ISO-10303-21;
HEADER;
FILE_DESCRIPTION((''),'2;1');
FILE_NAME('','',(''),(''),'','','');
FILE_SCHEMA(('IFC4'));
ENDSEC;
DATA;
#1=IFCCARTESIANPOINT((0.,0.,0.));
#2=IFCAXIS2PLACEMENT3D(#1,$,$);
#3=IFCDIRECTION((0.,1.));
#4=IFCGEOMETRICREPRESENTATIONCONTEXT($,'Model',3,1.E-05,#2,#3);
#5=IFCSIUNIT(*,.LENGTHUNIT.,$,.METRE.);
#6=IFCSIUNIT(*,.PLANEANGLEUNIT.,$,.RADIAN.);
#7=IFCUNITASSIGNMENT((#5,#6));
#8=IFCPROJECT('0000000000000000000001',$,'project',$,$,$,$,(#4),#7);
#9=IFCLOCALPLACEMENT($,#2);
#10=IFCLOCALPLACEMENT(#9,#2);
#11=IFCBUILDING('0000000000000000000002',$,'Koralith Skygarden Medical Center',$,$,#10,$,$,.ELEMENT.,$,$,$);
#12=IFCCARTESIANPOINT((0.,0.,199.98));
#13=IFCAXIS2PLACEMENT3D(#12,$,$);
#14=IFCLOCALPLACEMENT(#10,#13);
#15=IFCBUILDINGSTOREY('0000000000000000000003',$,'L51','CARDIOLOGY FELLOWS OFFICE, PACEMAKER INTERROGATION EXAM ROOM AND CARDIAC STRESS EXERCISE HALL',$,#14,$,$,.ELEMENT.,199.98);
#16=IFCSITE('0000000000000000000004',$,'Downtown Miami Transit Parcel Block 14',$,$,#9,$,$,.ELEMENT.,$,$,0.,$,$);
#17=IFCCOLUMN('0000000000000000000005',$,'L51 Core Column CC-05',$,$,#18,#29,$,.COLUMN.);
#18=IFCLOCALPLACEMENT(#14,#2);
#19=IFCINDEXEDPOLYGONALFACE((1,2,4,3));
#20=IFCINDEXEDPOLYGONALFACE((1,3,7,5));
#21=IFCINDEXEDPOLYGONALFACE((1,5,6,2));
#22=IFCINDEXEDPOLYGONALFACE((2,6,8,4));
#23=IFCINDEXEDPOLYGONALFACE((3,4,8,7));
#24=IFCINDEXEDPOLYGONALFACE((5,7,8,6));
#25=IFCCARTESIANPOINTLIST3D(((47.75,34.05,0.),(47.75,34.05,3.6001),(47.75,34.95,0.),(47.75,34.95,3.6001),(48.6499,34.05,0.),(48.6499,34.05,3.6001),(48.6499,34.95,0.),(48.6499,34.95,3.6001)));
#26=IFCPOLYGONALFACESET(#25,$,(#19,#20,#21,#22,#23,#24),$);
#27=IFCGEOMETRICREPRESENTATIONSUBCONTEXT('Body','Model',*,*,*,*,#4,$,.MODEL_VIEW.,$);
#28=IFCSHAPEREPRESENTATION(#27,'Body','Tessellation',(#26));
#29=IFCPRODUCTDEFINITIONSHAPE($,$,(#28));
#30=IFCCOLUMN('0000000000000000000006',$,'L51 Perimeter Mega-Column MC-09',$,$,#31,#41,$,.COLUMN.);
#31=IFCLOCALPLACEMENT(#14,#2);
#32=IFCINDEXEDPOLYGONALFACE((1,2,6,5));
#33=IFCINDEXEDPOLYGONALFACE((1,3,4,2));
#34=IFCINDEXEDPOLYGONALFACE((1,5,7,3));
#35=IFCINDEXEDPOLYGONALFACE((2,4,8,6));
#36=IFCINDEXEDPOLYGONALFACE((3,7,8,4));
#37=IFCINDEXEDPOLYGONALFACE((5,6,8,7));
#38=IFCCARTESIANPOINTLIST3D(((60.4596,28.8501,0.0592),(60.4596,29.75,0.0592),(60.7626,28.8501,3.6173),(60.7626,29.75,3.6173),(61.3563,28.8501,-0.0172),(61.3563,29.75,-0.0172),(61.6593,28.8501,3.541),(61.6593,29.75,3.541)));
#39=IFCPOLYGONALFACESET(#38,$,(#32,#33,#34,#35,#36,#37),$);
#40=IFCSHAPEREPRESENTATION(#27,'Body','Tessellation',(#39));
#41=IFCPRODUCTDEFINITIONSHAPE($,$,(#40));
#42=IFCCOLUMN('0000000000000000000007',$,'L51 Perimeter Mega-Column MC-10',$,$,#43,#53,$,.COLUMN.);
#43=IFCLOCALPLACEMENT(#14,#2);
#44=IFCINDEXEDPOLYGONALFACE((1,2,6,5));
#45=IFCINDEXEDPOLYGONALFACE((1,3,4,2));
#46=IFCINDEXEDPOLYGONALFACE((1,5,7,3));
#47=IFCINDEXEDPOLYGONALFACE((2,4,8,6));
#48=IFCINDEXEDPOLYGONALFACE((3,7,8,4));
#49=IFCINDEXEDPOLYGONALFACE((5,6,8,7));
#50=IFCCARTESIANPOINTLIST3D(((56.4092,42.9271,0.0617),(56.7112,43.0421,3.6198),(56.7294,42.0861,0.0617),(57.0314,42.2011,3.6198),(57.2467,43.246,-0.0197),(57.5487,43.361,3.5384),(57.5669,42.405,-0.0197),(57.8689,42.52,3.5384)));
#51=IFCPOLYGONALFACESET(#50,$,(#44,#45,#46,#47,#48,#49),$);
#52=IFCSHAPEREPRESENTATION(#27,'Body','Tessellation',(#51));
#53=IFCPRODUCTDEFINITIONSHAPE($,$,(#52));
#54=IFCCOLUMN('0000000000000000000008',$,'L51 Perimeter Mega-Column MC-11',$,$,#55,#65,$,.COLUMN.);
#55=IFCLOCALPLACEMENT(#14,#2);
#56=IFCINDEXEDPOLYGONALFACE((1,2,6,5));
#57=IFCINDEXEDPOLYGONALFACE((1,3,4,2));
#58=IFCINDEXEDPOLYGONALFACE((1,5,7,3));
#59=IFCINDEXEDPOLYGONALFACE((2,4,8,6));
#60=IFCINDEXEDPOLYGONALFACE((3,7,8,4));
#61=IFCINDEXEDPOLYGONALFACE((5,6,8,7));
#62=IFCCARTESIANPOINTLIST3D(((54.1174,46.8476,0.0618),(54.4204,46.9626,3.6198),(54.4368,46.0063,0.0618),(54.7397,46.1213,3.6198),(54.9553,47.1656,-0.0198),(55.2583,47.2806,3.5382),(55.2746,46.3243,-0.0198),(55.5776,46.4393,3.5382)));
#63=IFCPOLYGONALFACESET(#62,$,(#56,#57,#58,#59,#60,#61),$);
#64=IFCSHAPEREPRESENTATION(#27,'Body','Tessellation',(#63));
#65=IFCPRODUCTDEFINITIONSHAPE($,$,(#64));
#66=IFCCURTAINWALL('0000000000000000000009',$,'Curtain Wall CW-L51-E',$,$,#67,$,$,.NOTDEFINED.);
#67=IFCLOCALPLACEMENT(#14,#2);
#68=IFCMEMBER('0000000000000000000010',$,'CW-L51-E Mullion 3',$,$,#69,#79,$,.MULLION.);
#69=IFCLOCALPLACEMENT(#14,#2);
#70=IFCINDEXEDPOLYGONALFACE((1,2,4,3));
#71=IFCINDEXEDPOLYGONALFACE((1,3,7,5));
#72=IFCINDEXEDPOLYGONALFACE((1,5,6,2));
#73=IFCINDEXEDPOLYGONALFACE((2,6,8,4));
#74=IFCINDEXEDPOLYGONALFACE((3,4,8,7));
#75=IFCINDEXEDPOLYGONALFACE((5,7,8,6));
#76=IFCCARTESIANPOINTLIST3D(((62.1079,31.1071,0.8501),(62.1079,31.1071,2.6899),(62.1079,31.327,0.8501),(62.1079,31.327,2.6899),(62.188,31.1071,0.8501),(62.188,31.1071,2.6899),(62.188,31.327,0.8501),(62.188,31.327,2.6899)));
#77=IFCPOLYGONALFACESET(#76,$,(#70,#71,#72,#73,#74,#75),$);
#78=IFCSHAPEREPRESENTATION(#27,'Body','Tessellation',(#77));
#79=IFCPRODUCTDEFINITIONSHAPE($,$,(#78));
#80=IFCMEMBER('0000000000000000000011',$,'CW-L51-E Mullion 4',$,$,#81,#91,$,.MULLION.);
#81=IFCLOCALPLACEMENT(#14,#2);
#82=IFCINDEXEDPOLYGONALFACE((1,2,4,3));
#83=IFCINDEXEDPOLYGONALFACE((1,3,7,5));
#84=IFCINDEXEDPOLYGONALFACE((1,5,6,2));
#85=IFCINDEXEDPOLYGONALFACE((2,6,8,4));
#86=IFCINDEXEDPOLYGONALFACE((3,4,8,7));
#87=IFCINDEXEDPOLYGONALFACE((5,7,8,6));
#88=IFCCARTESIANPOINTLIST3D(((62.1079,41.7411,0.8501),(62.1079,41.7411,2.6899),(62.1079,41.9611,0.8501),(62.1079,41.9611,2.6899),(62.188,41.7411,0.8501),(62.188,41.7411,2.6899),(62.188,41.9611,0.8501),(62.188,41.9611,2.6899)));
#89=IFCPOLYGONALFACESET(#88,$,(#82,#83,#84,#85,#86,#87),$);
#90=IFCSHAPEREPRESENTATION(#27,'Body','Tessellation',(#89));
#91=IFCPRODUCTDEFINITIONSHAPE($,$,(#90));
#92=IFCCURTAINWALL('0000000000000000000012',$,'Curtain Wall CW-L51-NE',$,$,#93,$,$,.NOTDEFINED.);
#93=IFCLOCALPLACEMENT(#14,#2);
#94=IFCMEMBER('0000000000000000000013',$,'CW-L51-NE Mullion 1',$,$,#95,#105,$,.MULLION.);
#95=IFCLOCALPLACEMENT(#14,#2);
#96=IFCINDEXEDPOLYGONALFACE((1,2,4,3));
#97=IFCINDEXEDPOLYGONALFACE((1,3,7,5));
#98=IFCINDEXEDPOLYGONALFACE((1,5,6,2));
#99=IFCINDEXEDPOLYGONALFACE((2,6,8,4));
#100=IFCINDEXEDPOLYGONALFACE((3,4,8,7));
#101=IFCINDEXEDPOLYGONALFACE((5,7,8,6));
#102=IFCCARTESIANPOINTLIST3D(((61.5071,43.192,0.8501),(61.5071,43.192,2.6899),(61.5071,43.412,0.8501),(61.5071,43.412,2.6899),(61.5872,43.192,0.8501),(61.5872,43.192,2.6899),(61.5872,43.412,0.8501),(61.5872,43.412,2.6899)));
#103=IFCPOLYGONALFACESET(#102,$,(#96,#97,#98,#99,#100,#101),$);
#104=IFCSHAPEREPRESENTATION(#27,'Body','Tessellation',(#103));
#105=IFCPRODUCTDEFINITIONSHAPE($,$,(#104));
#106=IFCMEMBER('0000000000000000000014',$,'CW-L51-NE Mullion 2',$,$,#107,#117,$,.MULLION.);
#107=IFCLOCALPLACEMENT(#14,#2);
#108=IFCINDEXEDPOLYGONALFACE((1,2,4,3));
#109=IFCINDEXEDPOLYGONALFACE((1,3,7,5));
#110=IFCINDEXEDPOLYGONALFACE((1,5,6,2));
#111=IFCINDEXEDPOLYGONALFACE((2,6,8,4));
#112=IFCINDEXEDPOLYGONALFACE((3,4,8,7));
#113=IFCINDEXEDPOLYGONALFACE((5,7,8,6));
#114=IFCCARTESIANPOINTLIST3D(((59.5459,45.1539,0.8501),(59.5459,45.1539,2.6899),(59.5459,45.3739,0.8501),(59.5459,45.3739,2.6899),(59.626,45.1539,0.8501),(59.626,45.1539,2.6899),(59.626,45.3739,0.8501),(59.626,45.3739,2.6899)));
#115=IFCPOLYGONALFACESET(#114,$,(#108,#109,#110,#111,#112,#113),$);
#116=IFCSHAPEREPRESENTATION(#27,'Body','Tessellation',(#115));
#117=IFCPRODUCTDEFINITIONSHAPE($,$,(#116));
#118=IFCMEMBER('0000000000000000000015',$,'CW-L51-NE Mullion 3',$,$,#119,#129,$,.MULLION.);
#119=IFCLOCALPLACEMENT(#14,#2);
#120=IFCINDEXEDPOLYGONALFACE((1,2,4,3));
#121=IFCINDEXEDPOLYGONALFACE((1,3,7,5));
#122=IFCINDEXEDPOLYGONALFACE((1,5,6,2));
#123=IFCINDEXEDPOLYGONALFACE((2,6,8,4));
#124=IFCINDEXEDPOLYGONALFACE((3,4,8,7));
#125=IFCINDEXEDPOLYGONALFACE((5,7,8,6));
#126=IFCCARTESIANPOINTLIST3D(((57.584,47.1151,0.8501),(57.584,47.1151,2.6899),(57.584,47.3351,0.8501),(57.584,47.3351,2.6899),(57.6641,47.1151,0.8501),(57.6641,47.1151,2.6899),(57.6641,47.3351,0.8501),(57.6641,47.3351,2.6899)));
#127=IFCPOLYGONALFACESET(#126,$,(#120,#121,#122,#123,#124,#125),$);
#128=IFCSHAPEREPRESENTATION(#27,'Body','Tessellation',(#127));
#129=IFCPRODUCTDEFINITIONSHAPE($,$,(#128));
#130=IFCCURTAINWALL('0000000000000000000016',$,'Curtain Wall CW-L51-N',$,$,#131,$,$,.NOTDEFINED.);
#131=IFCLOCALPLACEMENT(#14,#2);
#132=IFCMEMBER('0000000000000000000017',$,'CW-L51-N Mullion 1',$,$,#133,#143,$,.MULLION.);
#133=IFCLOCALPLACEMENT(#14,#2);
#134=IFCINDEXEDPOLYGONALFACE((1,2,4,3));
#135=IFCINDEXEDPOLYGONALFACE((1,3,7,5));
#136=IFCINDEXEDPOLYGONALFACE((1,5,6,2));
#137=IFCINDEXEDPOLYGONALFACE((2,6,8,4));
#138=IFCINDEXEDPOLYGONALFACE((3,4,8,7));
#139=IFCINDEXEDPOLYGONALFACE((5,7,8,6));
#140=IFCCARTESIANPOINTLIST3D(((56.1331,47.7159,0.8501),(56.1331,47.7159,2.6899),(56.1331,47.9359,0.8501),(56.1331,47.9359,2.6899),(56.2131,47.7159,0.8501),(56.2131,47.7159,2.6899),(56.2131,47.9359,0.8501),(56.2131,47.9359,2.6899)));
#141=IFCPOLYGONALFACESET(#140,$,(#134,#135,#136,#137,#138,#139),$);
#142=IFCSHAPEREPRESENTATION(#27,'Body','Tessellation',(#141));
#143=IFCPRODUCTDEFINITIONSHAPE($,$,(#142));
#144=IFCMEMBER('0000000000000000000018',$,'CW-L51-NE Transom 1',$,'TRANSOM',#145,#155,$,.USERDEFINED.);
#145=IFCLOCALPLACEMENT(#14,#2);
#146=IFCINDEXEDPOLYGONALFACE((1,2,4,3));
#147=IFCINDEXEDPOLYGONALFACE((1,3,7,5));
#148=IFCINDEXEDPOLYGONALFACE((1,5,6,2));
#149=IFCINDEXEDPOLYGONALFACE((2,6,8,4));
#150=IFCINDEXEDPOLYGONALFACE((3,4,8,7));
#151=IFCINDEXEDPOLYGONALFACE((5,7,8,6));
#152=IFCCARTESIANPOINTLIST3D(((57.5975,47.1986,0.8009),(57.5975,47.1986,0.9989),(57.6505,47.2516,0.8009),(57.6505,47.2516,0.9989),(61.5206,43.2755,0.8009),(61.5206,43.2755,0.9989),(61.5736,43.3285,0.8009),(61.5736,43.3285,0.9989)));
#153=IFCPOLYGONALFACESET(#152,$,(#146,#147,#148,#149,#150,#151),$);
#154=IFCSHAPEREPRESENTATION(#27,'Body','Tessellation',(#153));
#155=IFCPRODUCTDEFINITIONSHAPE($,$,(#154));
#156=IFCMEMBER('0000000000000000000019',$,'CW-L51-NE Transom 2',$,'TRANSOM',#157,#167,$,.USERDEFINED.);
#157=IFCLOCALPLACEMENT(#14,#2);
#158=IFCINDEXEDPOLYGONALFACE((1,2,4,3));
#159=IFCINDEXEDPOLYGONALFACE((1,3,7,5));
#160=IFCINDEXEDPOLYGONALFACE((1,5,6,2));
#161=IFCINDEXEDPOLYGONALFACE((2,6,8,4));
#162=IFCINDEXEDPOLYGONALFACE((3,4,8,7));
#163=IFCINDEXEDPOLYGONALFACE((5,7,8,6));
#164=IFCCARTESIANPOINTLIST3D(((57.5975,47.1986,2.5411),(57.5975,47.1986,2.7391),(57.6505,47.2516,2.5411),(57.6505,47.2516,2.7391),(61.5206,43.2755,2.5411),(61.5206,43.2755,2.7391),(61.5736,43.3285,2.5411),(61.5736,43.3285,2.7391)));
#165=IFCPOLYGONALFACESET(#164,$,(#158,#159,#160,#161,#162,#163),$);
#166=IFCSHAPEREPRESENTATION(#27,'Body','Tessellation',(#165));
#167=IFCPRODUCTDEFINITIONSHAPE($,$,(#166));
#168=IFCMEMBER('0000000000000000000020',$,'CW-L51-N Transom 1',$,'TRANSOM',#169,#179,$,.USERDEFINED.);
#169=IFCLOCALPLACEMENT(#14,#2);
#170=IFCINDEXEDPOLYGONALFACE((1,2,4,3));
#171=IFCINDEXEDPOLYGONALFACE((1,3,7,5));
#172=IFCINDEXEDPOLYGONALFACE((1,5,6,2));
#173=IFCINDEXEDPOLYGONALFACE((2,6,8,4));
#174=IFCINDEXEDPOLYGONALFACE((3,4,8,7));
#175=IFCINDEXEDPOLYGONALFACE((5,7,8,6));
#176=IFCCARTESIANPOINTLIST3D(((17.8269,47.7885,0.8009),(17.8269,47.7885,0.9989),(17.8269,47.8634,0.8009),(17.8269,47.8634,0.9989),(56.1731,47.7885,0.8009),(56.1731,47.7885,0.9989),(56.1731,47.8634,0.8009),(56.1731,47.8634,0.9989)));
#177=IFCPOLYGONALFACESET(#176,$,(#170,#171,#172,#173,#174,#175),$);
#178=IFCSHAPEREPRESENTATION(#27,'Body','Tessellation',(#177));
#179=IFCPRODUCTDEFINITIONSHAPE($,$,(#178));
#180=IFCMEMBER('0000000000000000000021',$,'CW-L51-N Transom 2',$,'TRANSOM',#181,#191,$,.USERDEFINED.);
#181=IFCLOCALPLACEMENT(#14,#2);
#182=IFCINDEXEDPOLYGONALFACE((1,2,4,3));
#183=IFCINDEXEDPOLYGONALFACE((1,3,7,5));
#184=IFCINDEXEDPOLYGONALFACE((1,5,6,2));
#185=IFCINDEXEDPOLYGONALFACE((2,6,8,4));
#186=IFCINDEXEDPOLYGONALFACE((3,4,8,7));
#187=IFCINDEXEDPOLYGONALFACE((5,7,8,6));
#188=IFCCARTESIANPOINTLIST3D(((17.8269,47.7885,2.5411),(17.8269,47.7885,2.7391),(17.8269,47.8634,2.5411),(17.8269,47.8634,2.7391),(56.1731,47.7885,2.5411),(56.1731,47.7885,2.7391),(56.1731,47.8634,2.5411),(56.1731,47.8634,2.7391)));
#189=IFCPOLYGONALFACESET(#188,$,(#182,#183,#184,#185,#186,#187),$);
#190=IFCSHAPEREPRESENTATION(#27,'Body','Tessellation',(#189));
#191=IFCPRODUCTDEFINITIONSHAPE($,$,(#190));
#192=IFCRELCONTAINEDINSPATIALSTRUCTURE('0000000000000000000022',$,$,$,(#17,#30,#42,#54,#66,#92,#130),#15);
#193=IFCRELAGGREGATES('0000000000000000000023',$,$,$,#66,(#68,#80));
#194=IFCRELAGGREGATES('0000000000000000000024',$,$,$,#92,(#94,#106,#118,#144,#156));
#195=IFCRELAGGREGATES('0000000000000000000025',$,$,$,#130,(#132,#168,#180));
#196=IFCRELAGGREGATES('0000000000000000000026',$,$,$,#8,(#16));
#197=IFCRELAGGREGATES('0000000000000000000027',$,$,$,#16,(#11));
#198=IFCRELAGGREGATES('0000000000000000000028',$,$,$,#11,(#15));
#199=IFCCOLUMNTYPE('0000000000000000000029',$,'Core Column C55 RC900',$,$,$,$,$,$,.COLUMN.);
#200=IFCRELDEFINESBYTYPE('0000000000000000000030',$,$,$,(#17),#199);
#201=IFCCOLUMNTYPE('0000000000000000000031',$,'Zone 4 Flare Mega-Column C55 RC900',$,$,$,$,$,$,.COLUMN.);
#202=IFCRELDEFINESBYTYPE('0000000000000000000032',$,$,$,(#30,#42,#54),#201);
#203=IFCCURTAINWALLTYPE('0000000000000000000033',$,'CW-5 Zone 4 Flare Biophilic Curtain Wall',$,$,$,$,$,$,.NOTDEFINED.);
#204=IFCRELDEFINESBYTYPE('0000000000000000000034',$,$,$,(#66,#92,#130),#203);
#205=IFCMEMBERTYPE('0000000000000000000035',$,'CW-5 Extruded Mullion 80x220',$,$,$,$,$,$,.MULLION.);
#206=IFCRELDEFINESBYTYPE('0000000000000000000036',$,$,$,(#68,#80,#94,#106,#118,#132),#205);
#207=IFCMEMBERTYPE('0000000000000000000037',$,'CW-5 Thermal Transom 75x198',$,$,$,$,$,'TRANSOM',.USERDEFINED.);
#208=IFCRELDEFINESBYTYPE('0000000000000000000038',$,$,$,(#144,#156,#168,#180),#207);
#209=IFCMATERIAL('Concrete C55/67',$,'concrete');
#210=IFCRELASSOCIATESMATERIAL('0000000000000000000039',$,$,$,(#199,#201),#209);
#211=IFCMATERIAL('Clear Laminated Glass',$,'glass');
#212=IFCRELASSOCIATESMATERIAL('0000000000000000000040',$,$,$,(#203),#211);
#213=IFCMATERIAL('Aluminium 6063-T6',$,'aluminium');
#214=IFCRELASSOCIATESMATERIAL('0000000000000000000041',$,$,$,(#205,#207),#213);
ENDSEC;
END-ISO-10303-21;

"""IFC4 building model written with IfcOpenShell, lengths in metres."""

from ifc_helpers import new_model, si_unit, direction, frame, origin, origin_2d, place, context, subcontext, project, spatial, rectangle, extrude, material, material_profile, profile_set, type_object, element, aggregate, save


model = new_model("IFC4")

# Units and contexts
model_context = context("Model", 3, precision=1e-05, world=origin(), true_north=direction((0.0, 1.0)))
body_context = subcontext(model_context, "Body", "Model", "MODEL_VIEW")
ifc_project = project(units=[si_unit("LENGTHUNIT", "METRE"), si_unit("PLANEANGLEUNIT", "RADIAN")], contexts=[model_context])

# Site, building, storey
site_placement = place(None, origin())
site = spatial("IfcSite", under=ifc_project, at=site_placement, Name="Downtown Miami Transit Parcel Block 14", CompositionType="ELEMENT", RefElevation=0.0)
building_placement = place(site_placement, origin())
building = spatial("IfcBuilding", under=site, at=building_placement, Name="Koralith Skygarden Medical Center", CompositionType="ELEMENT")
storey_placement = place(building_placement, frame((0.0, 0.0, 199.98)))
storey = spatial("IfcBuildingStorey", under=building, at=storey_placement, Name="L51", Description="CARDIOLOGY FELLOWS OFFICE, PACEMAKER INTERROGATION EXAM ROOM AND CARDIAC STRESS EXERCISE HALL", CompositionType="ELEMENT", Elevation=199.98)

# Columns
ifc_material_1 = material(Name="Concrete C55/67", Category="concrete")
ifc_material_profile_1 = material_profile(ifc_material_1, rectangle(XDim=0.8999, YDim=0.8999, at=origin_2d()), Name="RC900X900")
ifc_profile_set_1 = profile_set([ifc_material_profile_1], Name="Concrete C55/67")
column_type_1 = type_object("IfcColumnType", Name="Core Column C55 RC900", PredefinedType="COLUMN", material=ifc_profile_set_1)
column_1_placement = place(storey_placement, frame((48.2, 34.5, 0.0), z_axis=(0.0, 0.0, 1.0), x_axis=(1.0, 0.0, 0.0)))
element("IfcColumn", 1, at=column_1_placement, inside=storey, type_object=column_type_1, Name="L51 Core Column CC-05", PredefinedType="COLUMN", context=body_context, shape_type="SweptSolid", body=[
    extrude(rectangle(XDim=0.8999, YDim=0.8999, at=origin_2d()), origin(), (0.0, 0.0, 1.0), 3.6001),
])
ifc_material_profile_2 = material_profile(ifc_material_1, rectangle(XDim=0.8999, YDim=0.8999, at=origin_2d()), Name="RC900X900")
ifc_profile_set_2 = profile_set([ifc_material_profile_2], Name="Concrete C55/67")
column_type_2 = type_object("IfcColumnType", Name="Zone 4 Flare Mega-Column C55 RC900", PredefinedType="COLUMN", material=ifc_profile_set_2)
column_2_placement = place(storey_placement, frame((60.908, 29.3, 0.021), z_axis=(0.084845, 0.0, 0.996394), x_axis=(0.0, 1.0, 0.0)))
element("IfcColumn", 2, at=column_2_placement, inside=storey, type_object=column_type_2, Name="L51 Perimeter Mega-Column MC-09", PredefinedType="COLUMN", context=body_context, shape_type="SweptSolid", body=[
    extrude(rectangle(XDim=0.8999, YDim=0.8999, at=origin_2d()), origin(), (0.0, 0.0, 1.0), 3.571),
])
for number, where, z_axis, x_axis, name in (
    (3, (56.988, 42.666, 0.021), (0.084529, 0.032185, 0.995901), (-0.355838, 0.934548, 0.0), "L51 Perimeter Mega-Column MC-10"),
    (4, (54.696, 46.5859, 0.021), (0.084801, 0.032185, 0.995878), (-0.354836, 0.934929, 0.0), "L51 Perimeter Mega-Column MC-11"),
):
    element("IfcColumn", number, at=place(storey_placement, frame(where, z_axis=z_axis, x_axis=x_axis)), inside=storey, type_object=column_type_2, Name=name, PredefinedType="COLUMN", context=body_context, shape_type="SweptSolid", body=[
        extrude(rectangle(XDim=0.8999, YDim=0.8999, at=origin_2d()), origin(), (0.0, 0.0, 1.0), 3.5728),
    ])

# Curtain walls, members
ifc_material_2 = material(Name="Clear Laminated Glass", Category="glass")
curtain_wall_type = type_object("IfcCurtainWallType", Name="CW-5 Zone 4 Flare Biophilic Curtain Wall", PredefinedType="NOTDEFINED", material=ifc_material_2)
curtain_wall_1_placement = place(storey_placement, origin())
curtain_wall_1 = element("IfcCurtainWall", 5, at=curtain_wall_1_placement, inside=storey, type_object=curtain_wall_type, Name="Curtain Wall CW-L51-E", PredefinedType="NOTDEFINED")
ifc_material_3 = material(Name="Aluminium 6063-T6", Category="aluminium")
ifc_material_profile_3 = material_profile(ifc_material_3, rectangle(XDim=0.0801, YDim=0.22, at=origin_2d()), Name="MUL80X220")
ifc_profile_set_3 = profile_set([ifc_material_profile_3], Name="Aluminium 6063-T6")
member_type_1 = type_object("IfcMemberType", Name="CW-5 Extruded Mullion 80x220", PredefinedType="MULLION", material=ifc_profile_set_3)
member_1_placement = place(storey_placement, frame((62.1479, 31.217, 0.8501), z_axis=(0.0, 0.0, 1.0), x_axis=(1.0, 0.0, 0.0)))
member_1 = element("IfcMember", 6, at=member_1_placement, type_object=member_type_1, Name="CW-L51-E Mullion 3", PredefinedType="MULLION", context=body_context, shape_type="SweptSolid", body=[
    extrude(rectangle(XDim=0.0801, YDim=0.22, at=origin_2d()), origin(), (0.0, 0.0, 1.0), 1.8398),
])
member_2_placement = place(storey_placement, frame((62.1479, 41.8511, 0.8501), z_axis=(0.0, 0.0, 1.0), x_axis=(1.0, 0.0, 0.0)))
member_2 = element("IfcMember", 7, at=member_2_placement, type_object=member_type_1, Name="CW-L51-E Mullion 4", PredefinedType="MULLION", context=body_context, shape_type="SweptSolid", body=[
    extrude(rectangle(XDim=0.0801, YDim=0.22, at=origin_2d()), origin(), (0.0, 0.0, 1.0), 1.8398),
])
curtain_wall_2_placement = place(storey_placement, origin())
curtain_wall_2 = element("IfcCurtainWall", 8, at=curtain_wall_2_placement, inside=storey, type_object=curtain_wall_type, Name="Curtain Wall CW-L51-NE", PredefinedType="NOTDEFINED")
member_3_placement = place(storey_placement, frame((61.5471, 43.302, 0.8501), z_axis=(0.0, 0.0, 1.0), x_axis=(1.0, 0.0, 0.0)))
member_3 = element("IfcMember", 9, at=member_3_placement, type_object=member_type_1, Name="CW-L51-NE Mullion 1", PredefinedType="MULLION", context=body_context, shape_type="SweptSolid", body=[
    extrude(rectangle(XDim=0.0801, YDim=0.22, at=origin_2d()), origin(), (0.0, 0.0, 1.0), 1.8398),
])
member_4_placement = place(storey_placement, frame((59.5859, 45.2639, 0.8501), z_axis=(0.0, 0.0, 1.0), x_axis=(1.0, 0.0, 0.0)))
member_4 = element("IfcMember", 10, at=member_4_placement, type_object=member_type_1, Name="CW-L51-NE Mullion 2", PredefinedType="MULLION", context=body_context, shape_type="SweptSolid", body=[
    extrude(rectangle(XDim=0.0801, YDim=0.22, at=origin_2d()), origin(), (0.0, 0.0, 1.0), 1.8398),
])
member_5_placement = place(storey_placement, frame((57.624, 47.2251, 0.8501), z_axis=(0.0, 0.0, 1.0), x_axis=(1.0, 0.0, 0.0)))
member_5 = element("IfcMember", 11, at=member_5_placement, type_object=member_type_1, Name="CW-L51-NE Mullion 3", PredefinedType="MULLION", context=body_context, shape_type="SweptSolid", body=[
    extrude(rectangle(XDim=0.0801, YDim=0.22, at=origin_2d()), origin(), (0.0, 0.0, 1.0), 1.8398),
])

# Curtain wall, member
curtain_wall_3_placement = place(storey_placement, origin())
curtain_wall_3 = element("IfcCurtainWall", 12, at=curtain_wall_3_placement, inside=storey, type_object=curtain_wall_type, Name="Curtain Wall CW-L51-N", PredefinedType="NOTDEFINED")
member_6_placement = place(storey_placement, frame((56.1731, 47.8259, 0.8501), z_axis=(0.0, 0.0, 1.0), x_axis=(1.0, 0.0, 0.0)))
member_6 = element("IfcMember", 13, at=member_6_placement, type_object=member_type_1, Name="CW-L51-N Mullion 1", PredefinedType="MULLION", context=body_context, shape_type="SweptSolid", body=[
    extrude(rectangle(XDim=0.0801, YDim=0.22, at=origin_2d()), origin(), (0.0, 0.0, 1.0), 1.8398),
])

# Members
ifc_material_profile_4 = material_profile(ifc_material_3, rectangle(XDim=0.075, YDim=0.198, at=origin_2d()), Name="TRN75X198")
ifc_profile_set_4 = profile_set([ifc_material_profile_4], Name="Aluminium 6063-T6")
member_type_2 = type_object("IfcMemberType", Name="CW-5 Thermal Transom 75x198", ElementType="TRANSOM", PredefinedType="USERDEFINED", material=ifc_profile_set_4)
member_7_placement = place(storey_placement, frame((61.5471, 43.302, 0.8999), z_axis=(-0.707107, 0.707107, 0.0), x_axis=(-0.707107, -0.707107, 0.0)))
member_7 = element("IfcMember", 14, at=member_7_placement, type_object=member_type_2, Name="CW-L51-NE Transom 1", ObjectType="TRANSOM", PredefinedType="USERDEFINED", context=body_context, shape_type="SweptSolid", body=[
    extrude(rectangle(XDim=0.075, YDim=0.198, at=origin_2d()), origin(), (0.0, 0.0, 1.0), 5.5481),
])
member_8_placement = place(storey_placement, frame((61.5471, 43.302, 2.6401), z_axis=(-0.707107, 0.707107, 0.0), x_axis=(-0.707107, -0.707107, 0.0)))
member_8 = element("IfcMember", 15, at=member_8_placement, type_object=member_type_2, Name="CW-L51-NE Transom 2", ObjectType="TRANSOM", PredefinedType="USERDEFINED", context=body_context, shape_type="SweptSolid", body=[
    extrude(rectangle(XDim=0.075, YDim=0.198, at=origin_2d()), origin(), (0.0, 0.0, 1.0), 5.5481),
])
member_9_placement = place(storey_placement, frame((56.1731, 47.8259, 0.8999), z_axis=(-1.0, 0.0, 0.0), x_axis=(0.0, -1.0, 0.0)))
member_9 = element("IfcMember", 16, at=member_9_placement, type_object=member_type_2, Name="CW-L51-N Transom 1", ObjectType="TRANSOM", PredefinedType="USERDEFINED", context=body_context, shape_type="SweptSolid", body=[
    extrude(rectangle(XDim=0.075, YDim=0.198, at=origin_2d()), origin(), (0.0, 0.0, 1.0), 38.3462),
])
member_10_placement = place(storey_placement, frame((56.1731, 47.8259, 2.6401), z_axis=(-1.0, 0.0, 0.0), x_axis=(0.0, -1.0, 0.0)))
member_10 = element("IfcMember", 17, at=member_10_placement, type_object=member_type_2, Name="CW-L51-N Transom 2", ObjectType="TRANSOM", PredefinedType="USERDEFINED", context=body_context, shape_type="SweptSolid", body=[
    extrude(rectangle(XDim=0.075, YDim=0.198, at=origin_2d()), origin(), (0.0, 0.0, 1.0), 38.3462),
])

aggregate(curtain_wall_1, [member_1, member_2])
aggregate(curtain_wall_2, [member_3, member_4, member_5, member_7, member_8])
aggregate(curtain_wall_3, [member_6, member_9, member_10])

save(model, "model.ifc")
